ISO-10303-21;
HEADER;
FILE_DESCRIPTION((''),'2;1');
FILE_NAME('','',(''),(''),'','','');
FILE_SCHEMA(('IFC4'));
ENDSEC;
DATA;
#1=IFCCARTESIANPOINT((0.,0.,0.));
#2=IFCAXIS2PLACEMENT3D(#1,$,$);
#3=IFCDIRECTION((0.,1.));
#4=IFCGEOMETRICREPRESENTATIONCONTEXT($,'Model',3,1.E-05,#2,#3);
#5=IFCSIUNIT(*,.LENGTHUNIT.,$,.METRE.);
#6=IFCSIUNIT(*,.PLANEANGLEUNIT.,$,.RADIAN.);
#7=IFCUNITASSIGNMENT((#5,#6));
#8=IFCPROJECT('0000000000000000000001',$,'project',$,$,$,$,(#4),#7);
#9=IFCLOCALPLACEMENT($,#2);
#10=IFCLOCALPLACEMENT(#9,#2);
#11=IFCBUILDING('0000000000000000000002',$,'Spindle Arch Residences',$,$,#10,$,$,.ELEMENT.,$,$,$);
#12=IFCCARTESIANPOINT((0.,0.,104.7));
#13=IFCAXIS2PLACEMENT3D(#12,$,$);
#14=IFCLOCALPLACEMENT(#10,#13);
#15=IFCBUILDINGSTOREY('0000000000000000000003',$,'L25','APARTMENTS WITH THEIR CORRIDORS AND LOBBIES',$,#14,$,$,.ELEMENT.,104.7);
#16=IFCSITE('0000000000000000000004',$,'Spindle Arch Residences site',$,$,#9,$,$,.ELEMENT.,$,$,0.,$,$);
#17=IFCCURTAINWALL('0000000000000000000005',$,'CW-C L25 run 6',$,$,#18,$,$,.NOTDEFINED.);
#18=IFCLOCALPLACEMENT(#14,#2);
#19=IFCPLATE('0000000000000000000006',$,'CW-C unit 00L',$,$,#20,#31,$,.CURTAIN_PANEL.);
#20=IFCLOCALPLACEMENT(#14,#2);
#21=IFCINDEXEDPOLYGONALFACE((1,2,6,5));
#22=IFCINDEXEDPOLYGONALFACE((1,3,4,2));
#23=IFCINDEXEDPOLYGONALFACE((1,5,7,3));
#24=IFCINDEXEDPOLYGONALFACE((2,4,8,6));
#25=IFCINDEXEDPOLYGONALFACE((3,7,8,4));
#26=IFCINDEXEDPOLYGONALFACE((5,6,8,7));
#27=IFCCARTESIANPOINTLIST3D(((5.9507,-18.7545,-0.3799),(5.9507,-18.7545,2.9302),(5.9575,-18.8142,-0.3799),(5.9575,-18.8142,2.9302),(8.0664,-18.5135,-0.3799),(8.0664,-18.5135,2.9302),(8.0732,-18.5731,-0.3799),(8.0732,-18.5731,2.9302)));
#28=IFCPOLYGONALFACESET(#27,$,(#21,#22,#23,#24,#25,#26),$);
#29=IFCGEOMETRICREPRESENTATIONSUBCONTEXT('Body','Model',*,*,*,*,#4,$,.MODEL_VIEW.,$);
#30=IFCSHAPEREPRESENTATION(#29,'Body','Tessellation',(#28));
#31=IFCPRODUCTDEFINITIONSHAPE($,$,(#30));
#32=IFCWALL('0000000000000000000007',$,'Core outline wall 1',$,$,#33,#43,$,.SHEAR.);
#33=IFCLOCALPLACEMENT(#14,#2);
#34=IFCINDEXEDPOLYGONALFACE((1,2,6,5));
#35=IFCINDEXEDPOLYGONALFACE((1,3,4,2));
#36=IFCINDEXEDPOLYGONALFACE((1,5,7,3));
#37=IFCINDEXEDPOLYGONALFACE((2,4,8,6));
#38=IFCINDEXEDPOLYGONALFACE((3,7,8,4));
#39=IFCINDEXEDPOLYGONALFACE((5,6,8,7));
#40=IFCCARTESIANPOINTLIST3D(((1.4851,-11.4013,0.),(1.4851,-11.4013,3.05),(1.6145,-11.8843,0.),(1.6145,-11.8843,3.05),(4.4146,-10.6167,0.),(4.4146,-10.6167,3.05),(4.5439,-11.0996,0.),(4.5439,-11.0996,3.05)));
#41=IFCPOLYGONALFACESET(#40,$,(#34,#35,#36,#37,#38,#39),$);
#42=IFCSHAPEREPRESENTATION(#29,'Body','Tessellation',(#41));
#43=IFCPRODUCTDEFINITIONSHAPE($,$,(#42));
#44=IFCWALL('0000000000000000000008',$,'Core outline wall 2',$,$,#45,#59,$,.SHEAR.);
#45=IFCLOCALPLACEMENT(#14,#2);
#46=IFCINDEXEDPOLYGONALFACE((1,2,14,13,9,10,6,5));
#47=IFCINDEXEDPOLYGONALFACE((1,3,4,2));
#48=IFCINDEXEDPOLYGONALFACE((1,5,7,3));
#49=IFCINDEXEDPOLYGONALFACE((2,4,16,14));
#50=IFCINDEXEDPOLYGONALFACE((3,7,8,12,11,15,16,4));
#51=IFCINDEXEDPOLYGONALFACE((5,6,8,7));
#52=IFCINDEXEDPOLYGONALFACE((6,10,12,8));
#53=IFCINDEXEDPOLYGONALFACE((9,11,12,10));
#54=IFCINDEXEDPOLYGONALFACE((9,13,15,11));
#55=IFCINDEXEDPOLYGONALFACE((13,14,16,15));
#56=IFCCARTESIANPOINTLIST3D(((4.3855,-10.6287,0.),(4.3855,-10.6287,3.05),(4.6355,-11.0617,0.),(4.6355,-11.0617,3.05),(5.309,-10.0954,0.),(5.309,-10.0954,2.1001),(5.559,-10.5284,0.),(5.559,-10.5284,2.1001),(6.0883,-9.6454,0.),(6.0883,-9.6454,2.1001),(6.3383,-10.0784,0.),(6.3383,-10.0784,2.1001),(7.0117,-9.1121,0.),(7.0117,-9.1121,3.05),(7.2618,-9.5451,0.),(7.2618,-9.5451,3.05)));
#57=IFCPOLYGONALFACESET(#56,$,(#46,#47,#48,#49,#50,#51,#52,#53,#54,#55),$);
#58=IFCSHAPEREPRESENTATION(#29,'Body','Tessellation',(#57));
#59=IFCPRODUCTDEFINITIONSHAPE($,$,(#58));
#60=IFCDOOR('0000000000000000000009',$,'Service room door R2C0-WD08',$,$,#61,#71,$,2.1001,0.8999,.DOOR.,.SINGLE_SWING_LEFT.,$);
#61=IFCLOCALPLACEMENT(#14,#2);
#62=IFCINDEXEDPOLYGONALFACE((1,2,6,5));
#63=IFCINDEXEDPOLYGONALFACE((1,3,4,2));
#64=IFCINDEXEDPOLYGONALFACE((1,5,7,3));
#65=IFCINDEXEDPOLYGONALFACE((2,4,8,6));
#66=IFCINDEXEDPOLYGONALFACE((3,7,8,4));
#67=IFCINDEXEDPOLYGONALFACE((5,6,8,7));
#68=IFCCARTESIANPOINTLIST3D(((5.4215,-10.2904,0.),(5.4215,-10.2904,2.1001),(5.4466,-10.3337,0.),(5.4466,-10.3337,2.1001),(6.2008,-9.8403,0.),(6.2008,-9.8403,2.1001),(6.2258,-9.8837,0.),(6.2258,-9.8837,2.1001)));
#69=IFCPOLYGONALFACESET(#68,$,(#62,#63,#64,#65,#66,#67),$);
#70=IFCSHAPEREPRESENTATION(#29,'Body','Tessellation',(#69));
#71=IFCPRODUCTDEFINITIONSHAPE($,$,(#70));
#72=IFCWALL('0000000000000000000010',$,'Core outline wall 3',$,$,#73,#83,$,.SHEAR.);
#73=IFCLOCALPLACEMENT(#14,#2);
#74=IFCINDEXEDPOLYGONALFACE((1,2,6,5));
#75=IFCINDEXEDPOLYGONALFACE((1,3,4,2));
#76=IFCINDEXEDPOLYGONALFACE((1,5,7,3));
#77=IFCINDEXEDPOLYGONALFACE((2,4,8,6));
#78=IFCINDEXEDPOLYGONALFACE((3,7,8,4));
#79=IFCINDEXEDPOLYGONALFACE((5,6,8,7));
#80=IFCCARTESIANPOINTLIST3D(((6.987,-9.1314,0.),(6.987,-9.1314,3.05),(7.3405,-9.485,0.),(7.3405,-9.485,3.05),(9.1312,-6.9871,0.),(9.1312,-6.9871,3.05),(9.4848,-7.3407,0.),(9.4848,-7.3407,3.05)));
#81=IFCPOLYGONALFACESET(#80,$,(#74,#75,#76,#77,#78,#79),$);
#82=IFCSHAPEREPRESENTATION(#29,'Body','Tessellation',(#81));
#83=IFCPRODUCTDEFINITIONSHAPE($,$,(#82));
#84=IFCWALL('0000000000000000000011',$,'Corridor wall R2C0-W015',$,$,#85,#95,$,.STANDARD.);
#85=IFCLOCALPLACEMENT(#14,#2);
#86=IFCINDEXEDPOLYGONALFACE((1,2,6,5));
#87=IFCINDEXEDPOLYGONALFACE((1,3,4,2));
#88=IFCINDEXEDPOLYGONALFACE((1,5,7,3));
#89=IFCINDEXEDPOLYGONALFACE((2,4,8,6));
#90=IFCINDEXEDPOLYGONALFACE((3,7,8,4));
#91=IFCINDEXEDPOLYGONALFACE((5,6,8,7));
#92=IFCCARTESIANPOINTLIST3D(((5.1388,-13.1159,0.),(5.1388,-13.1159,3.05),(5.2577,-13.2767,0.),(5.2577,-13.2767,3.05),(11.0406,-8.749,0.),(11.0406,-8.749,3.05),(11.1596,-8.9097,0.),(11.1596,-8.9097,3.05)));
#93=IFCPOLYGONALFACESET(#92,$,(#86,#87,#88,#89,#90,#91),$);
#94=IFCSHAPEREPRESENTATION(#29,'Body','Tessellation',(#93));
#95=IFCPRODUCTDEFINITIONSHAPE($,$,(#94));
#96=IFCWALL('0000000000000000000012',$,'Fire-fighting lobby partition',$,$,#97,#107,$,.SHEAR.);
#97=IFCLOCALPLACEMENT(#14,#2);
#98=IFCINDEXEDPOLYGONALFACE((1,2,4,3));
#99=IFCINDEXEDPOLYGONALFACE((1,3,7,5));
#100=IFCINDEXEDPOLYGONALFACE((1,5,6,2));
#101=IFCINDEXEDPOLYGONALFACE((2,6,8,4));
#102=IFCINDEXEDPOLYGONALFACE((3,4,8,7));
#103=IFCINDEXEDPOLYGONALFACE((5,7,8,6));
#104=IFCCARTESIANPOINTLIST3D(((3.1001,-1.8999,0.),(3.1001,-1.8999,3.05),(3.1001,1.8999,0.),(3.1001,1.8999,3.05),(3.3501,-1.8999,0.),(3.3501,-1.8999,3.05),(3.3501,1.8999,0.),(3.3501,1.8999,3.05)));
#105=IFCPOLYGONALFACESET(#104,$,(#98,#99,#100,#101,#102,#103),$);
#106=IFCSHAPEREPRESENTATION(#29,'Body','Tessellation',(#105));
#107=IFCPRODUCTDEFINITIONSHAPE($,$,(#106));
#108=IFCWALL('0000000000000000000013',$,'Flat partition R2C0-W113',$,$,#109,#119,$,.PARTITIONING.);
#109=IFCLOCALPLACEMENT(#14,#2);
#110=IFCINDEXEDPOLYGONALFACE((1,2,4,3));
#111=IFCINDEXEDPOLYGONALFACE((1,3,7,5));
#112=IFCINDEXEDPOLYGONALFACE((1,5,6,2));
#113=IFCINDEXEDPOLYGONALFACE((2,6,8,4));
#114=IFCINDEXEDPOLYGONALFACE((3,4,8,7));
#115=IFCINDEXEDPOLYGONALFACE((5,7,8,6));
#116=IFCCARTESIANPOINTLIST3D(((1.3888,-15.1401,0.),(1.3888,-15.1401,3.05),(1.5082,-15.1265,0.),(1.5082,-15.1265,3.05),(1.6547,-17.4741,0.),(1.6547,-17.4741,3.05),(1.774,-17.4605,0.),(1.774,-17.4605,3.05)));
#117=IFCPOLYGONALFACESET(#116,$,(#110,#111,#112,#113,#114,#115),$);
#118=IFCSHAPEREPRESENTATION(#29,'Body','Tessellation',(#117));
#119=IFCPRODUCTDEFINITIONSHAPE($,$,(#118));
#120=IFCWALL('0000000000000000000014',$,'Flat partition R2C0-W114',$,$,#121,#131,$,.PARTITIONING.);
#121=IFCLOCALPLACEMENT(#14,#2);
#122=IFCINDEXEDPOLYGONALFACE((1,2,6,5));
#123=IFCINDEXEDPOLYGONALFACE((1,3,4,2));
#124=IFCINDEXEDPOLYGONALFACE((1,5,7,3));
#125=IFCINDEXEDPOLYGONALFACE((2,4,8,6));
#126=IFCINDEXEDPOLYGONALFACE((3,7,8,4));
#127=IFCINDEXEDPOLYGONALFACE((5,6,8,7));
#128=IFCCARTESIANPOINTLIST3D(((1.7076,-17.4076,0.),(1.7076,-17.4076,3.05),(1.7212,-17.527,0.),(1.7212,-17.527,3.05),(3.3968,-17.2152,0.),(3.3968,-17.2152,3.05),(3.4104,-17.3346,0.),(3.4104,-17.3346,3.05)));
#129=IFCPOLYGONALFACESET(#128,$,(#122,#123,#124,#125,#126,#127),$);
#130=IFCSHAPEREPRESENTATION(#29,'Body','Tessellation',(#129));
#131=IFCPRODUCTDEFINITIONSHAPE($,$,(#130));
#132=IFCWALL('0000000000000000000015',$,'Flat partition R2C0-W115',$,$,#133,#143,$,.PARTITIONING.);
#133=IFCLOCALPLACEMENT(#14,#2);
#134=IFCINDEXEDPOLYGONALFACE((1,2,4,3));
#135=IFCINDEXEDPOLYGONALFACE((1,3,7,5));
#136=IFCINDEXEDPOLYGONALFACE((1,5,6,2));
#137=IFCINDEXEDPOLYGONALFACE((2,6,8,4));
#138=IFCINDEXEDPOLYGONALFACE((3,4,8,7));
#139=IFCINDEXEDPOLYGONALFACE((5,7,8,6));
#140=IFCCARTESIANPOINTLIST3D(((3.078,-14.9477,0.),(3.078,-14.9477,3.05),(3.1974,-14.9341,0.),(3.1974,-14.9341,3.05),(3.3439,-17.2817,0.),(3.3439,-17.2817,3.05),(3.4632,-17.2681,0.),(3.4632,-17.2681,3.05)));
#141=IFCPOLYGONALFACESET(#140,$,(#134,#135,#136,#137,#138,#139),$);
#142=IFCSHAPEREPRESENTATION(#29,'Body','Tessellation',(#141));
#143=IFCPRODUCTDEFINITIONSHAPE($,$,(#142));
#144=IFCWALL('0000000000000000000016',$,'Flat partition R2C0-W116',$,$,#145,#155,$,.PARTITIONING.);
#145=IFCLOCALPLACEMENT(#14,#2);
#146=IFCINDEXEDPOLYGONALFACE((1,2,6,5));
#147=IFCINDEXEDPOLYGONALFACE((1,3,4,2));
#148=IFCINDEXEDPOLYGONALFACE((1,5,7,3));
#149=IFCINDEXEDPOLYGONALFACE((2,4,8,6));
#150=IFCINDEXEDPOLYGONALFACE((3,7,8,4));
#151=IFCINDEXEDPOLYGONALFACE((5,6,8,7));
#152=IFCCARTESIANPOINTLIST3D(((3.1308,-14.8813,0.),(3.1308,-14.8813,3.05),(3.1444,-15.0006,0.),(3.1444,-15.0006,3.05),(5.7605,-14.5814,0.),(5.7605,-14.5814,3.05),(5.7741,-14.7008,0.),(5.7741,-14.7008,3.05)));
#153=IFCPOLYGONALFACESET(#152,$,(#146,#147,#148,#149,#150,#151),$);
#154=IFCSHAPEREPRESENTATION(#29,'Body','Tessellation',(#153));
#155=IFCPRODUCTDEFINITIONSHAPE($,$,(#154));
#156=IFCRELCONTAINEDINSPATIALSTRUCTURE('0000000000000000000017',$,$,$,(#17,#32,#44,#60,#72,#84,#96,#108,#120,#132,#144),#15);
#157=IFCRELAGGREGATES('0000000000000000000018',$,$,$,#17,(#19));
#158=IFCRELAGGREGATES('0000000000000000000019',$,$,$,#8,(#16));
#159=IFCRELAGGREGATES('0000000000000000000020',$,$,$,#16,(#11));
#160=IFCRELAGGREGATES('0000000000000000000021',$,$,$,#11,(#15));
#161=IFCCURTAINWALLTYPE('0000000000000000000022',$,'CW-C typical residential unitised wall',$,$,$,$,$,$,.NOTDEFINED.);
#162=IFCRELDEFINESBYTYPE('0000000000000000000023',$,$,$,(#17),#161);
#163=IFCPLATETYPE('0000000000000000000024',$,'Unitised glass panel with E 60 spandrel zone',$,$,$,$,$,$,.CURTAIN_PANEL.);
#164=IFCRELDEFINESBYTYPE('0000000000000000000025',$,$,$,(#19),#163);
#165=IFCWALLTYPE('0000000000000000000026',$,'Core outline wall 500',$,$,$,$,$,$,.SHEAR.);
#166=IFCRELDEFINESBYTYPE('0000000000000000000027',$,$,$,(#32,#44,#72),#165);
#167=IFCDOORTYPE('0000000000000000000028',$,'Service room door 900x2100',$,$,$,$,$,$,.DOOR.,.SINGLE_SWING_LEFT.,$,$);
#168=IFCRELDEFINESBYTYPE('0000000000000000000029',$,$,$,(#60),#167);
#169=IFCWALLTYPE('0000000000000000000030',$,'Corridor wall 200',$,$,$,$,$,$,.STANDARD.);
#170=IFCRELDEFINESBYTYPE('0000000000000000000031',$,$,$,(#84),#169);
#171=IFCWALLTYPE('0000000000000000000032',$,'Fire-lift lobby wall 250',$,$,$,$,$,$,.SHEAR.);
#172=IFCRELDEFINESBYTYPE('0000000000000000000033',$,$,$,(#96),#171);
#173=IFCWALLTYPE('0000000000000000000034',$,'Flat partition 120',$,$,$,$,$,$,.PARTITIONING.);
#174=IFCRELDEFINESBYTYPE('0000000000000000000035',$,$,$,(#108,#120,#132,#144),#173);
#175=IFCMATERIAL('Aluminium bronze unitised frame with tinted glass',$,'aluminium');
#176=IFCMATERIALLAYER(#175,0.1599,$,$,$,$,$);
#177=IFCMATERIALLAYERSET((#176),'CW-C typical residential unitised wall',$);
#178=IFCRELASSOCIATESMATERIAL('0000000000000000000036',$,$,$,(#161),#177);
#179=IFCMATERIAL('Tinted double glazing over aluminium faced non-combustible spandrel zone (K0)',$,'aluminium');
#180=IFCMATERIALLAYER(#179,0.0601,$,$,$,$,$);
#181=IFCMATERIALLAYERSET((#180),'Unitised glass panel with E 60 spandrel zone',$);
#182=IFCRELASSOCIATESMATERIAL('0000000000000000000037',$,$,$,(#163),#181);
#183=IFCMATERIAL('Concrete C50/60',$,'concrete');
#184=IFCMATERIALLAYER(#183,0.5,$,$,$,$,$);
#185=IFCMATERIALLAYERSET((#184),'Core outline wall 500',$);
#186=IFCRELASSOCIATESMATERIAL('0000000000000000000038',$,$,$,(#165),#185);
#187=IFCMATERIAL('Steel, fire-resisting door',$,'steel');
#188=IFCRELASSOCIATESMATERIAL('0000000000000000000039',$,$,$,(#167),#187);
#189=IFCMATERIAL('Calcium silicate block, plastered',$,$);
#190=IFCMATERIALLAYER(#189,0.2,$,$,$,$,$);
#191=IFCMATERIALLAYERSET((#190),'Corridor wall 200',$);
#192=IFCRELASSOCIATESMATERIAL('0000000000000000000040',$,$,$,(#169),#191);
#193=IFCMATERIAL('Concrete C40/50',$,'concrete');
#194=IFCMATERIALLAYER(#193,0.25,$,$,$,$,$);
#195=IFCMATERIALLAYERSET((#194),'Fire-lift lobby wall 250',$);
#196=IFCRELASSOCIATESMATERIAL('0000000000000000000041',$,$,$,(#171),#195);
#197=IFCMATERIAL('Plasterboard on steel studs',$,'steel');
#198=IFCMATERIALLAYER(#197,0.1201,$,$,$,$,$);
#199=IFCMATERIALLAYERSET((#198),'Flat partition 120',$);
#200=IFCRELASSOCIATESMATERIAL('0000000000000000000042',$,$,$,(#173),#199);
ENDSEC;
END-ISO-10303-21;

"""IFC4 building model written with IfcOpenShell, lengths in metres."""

from ifc_helpers import new_model, si_unit, direction, frame, frame_2d, origin, origin_2d, place, context, subcontext, project, spatial, rectangle, extrude, material, layer, layer_set, type_object, element, fill, aggregate, save


model = new_model("IFC4")

# Units and contexts
model_context = context("Model", 3, precision=1e-05, world=origin(), true_north=direction((0.0, 1.0)))
body_context = subcontext(model_context, "Body", "Model", "MODEL_VIEW")
ifc_project = project(units=[si_unit("LENGTHUNIT", "METRE"), si_unit("PLANEANGLEUNIT", "RADIAN")], contexts=[model_context])

# Site, building, storey
site_placement = place(None, origin())
site = spatial("IfcSite", under=ifc_project, at=site_placement, Name="Spindle Arch Residences site", CompositionType="ELEMENT", RefElevation=0.0)
building_placement = place(site_placement, origin())
building = spatial("IfcBuilding", under=site, at=building_placement, Name="Spindle Arch Residences", CompositionType="ELEMENT")
storey_placement = place(building_placement, frame((0.0, 0.0, 104.7)))
storey = spatial("IfcBuildingStorey", under=building, at=storey_placement, Name="L25", Description="APARTMENTS WITH THEIR CORRIDORS AND LOBBIES", CompositionType="ELEMENT", Elevation=104.7)

# Curtain wall
ifc_material_1 = material(Name="Aluminium bronze unitised frame with tinted glass", Category="aluminium")
ifc_layer_1 = layer(ifc_material_1, 0.1599)
ifc_layer_set_1 = layer_set([ifc_layer_1], Name="CW-C typical residential unitised wall")
curtain_wall_type = type_object("IfcCurtainWallType", Name="CW-C typical residential unitised wall", PredefinedType="NOTDEFINED", material=ifc_layer_set_1)
curtain_wall_placement = place(storey_placement, origin())
curtain_wall = element("IfcCurtainWall", 1, at=curtain_wall_placement, inside=storey, type_object=curtain_wall_type, Name="CW-C L25 run 6", PredefinedType="NOTDEFINED")

# Plate
ifc_material_2 = material(Name="Tinted double glazing over aluminium faced non-combustible spandrel zone (K0)", Category="aluminium")
ifc_layer_2 = layer(ifc_material_2, 0.0601)
ifc_layer_set_2 = layer_set([ifc_layer_2], Name="Unitised glass panel with E 60 spandrel zone")
plate_type = type_object("IfcPlateType", Name="Unitised glass panel with E 60 spandrel zone", PredefinedType="CURTAIN_PANEL", material=ifc_layer_set_2)
plate_1_placement = place(storey_placement, frame((7.012, -18.6638, -0.3799), z_axis=(0.0, 0.0, 1.0), x_axis=(0.993572, 0.113203, 0.0)))
plate_1 = element("IfcPlate", 2, at=plate_1_placement, type_object=plate_type, Name="CW-C unit 00L", PredefinedType="CURTAIN_PANEL", context=body_context, shape_type="SweptSolid", body=[
    extrude(rectangle(XDim=2.1294, YDim=0.0601, at=origin_2d()), origin(), (0.0, 0.0, 1.0), 3.3101),
])
aggregate(curtain_wall, [plate_1])

# Wall
ifc_material_3 = material(Name="Concrete C50/60", Category="concrete")
ifc_layer_3 = layer(ifc_material_3, 0.5)
ifc_layer_set_3 = layer_set([ifc_layer_3], Name="Core outline wall 500")
wall_type_1 = type_object("IfcWallType", Name="Core outline wall 500", PredefinedType="SHEAR", material=ifc_layer_set_3)
wall_1_placement = place(storey_placement, frame((1.5498, -11.6428, 0.0), z_axis=(0.0, 0.0, 1.0), x_axis=(0.965948, 0.258735, 0.0)))
element("IfcWall", 3, at=wall_1_placement, inside=storey, type_object=wall_type_1, Name="Core outline wall 1", PredefinedType="SHEAR", context=body_context, shape_type="SweptSolid", body=[
    extrude(rectangle(XDim=3.0327, YDim=0.5, at=frame_2d((1.5164, 0.0))), origin(), (0.0, 0.0, 1.0), 3.05),
])

# Wall, opening, door
wall_2_placement = place(storey_placement, frame((4.5105, -10.8452, 0.0), z_axis=(0.0, 0.0, 1.0), x_axis=(0.865975, 0.500087, 0.0)))
wall_2 = element("IfcWall", 4, at=wall_2_placement, inside=storey, type_object=wall_type_1, Name="Core outline wall 2", PredefinedType="SHEAR", context=body_context, shape_type="SweptSolid", body=[
    extrude(rectangle(XDim=3.0327, YDim=0.5, at=frame_2d((1.5164, 0.0))), origin(), (0.0, 0.0, 1.0), 3.05),
])
opening_1_placement = place(wall_2_placement, frame((1.0664, 0.0, 0.0)))
opening_1 = element("IfcOpeningElement", 5, at=opening_1_placement, cuts=wall_2, PredefinedType="OPENING", context=body_context, shape_type="SweptSolid", body=[
    extrude(rectangle(XDim=0.8999, YDim=2.1001, at=frame_2d((0.45, 1.05))), frame((0.0, 0.26, 0.0), z_axis=(0.0, -1.0, 0.0), x_axis=(1.0, 0.0, 0.0)), (0.0, 0.0, 1.0), 0.52),
])
ifc_material_4 = material(Name="Steel, fire-resisting door", Category="steel")
door_type_1 = type_object("IfcDoorType", Name="Service room door 900x2100", OperationType="SINGLE_SWING_LEFT", PredefinedType="DOOR", material=ifc_material_4)
door_1_placement = place(opening_1_placement, origin())
door_1 = element("IfcDoor", 6, at=door_1_placement, inside=storey, type_object=door_type_1, Name="Service room door R2C0-WD08", OperationType="SINGLE_SWING_LEFT", OverallHeight=2.1001, OverallWidth=0.8999, PredefinedType="DOOR", context=body_context, shape_type="SweptSolid", body=[
    extrude(rectangle(XDim=0.8999, YDim=2.1001, at=frame_2d((0.45, 1.05))), frame((0.0, 0.0249, 0.0), z_axis=(0.0, -1.0, 0.0), x_axis=(1.0, 0.0, 0.0)), (0.0, 0.0, 1.0), 0.05),
])
fill(opening_1, door_1)

# Walls
wall_3_placement = place(storey_placement, frame((7.1638, -9.3081, 0.0), z_axis=(0.0, 0.0, 1.0), x_axis=(0.707107, 0.707107, 0.0)))
element("IfcWall", 7, at=wall_3_placement, inside=storey, type_object=wall_type_1, Name="Core outline wall 3", PredefinedType="SHEAR", context=body_context, shape_type="SweptSolid", body=[
    extrude(rectangle(XDim=3.0325, YDim=0.5, at=frame_2d((1.5161, 0.0))), origin(), (0.0, 0.0, 1.0), 3.05),
])
ifc_material_5 = material(Name="Calcium silicate block, plastered")
ifc_layer_4 = layer(ifc_material_5, 0.2)
ifc_layer_set_4 = layer_set([ifc_layer_4], Name="Corridor wall 200")
wall_type_2 = type_object("IfcWallType", Name="Corridor wall 200", PredefinedType="STANDARD", material=ifc_layer_set_4)
wall_4_placement = place(storey_placement, frame((5.1982, -13.1963, 0.0), z_axis=(0.0, 0.0, 1.0), x_axis=(0.80387, 0.594805, 0.0)))
element("IfcWall", 8, at=wall_4_placement, inside=storey, type_object=wall_type_2, Name="Corridor wall R2C0-W015", PredefinedType="STANDARD", context=body_context, shape_type="SweptSolid", body=[
    extrude(rectangle(XDim=7.3418, YDim=0.2, at=frame_2d((3.6709, 0.0))), origin(), (0.0, 0.0, 1.0), 3.05),
])
ifc_material_6 = material(Name="Concrete C40/50", Category="concrete")
ifc_layer_5 = layer(ifc_material_6, 0.25)
ifc_layer_set_5 = layer_set([ifc_layer_5], Name="Fire-lift lobby wall 250")
wall_type_3 = type_object("IfcWallType", Name="Fire-lift lobby wall 250", PredefinedType="SHEAR", material=ifc_layer_set_5)
wall_5_placement = place(storey_placement, frame((3.2251, -1.8999, 0.0), z_axis=(0.0, 0.0, 1.0), x_axis=(0.0, 1.0, 0.0)))
element("IfcWall", 9, at=wall_5_placement, inside=storey, type_object=wall_type_3, Name="Fire-fighting lobby partition", PredefinedType="SHEAR", context=body_context, shape_type="SweptSolid", body=[
    extrude(rectangle(XDim=3.7998, YDim=0.25, at=frame_2d((1.8999, 0.0))), origin(), (0.0, 0.0, 1.0), 3.05),
])

# Walls
ifc_material_7 = material(Name="Plasterboard on steel studs", Category="steel")
ifc_layer_6 = layer(ifc_material_7, 0.1201)
ifc_layer_set_6 = layer_set([ifc_layer_6], Name="Flat partition 120")
wall_type_4 = type_object("IfcWallType", Name="Flat partition 120", PredefinedType="PARTITIONING", material=ifc_layer_set_6)
wall_6_placement = place(storey_placement, frame((1.4485, -15.1333, 0.0), z_axis=(0.0, 0.0, 1.0), x_axis=(0.11318, -0.993574, 0.0)))
element("IfcWall", 10, at=wall_6_placement, inside=storey, type_object=wall_type_4, Name="Flat partition R2C0-W113", PredefinedType="PARTITIONING", context=body_context, shape_type="SweptSolid", body=[
    extrude(rectangle(XDim=2.3491, YDim=0.1201, at=frame_2d((1.1746, 0.0))), origin(), (0.0, 0.0, 1.0), 3.05),
])
wall_7_placement = place(storey_placement, frame((1.7144, -17.4673, 0.0), z_axis=(0.0, 0.0, 1.0), x_axis=(0.993577, 0.113158, 0.0)))
element("IfcWall", 11, at=wall_7_placement, inside=storey, type_object=wall_type_4, Name="Flat partition R2C0-W114", PredefinedType="PARTITIONING", context=body_context, shape_type="SweptSolid", body=[
    extrude(rectangle(XDim=1.7002, YDim=0.1201, at=frame_2d((0.8501, 0.0))), origin(), (0.0, 0.0, 1.0), 3.05),
])
wall_8_placement = place(storey_placement, frame((3.4036, -17.2749, 0.0), z_axis=(0.0, 0.0, 1.0), x_axis=(-0.11318, 0.993574, 0.0)))
element("IfcWall", 12, at=wall_8_placement, inside=storey, type_object=wall_type_4, Name="Flat partition R2C0-W115", PredefinedType="PARTITIONING", context=body_context, shape_type="SweptSolid", body=[
    extrude(rectangle(XDim=2.3491, YDim=0.1201, at=frame_2d((1.1746, 0.0))), origin(), (0.0, 0.0, 1.0), 3.05),
])
wall_9_placement = place(storey_placement, frame((3.1377, -14.9409, 0.0), z_axis=(0.0, 0.0, 1.0), x_axis=(0.993564, 0.113276, 0.0)))
element("IfcWall", 13, at=wall_9_placement, inside=storey, type_object=wall_type_4, Name="Flat partition R2C0-W116", PredefinedType="PARTITIONING", context=body_context, shape_type="SweptSolid", body=[
    extrude(rectangle(XDim=2.6467, YDim=0.1201, at=frame_2d((1.3232, 0.0))), origin(), (0.0, 0.0, 1.0), 3.05),
])

save(model, "model.ifc")
